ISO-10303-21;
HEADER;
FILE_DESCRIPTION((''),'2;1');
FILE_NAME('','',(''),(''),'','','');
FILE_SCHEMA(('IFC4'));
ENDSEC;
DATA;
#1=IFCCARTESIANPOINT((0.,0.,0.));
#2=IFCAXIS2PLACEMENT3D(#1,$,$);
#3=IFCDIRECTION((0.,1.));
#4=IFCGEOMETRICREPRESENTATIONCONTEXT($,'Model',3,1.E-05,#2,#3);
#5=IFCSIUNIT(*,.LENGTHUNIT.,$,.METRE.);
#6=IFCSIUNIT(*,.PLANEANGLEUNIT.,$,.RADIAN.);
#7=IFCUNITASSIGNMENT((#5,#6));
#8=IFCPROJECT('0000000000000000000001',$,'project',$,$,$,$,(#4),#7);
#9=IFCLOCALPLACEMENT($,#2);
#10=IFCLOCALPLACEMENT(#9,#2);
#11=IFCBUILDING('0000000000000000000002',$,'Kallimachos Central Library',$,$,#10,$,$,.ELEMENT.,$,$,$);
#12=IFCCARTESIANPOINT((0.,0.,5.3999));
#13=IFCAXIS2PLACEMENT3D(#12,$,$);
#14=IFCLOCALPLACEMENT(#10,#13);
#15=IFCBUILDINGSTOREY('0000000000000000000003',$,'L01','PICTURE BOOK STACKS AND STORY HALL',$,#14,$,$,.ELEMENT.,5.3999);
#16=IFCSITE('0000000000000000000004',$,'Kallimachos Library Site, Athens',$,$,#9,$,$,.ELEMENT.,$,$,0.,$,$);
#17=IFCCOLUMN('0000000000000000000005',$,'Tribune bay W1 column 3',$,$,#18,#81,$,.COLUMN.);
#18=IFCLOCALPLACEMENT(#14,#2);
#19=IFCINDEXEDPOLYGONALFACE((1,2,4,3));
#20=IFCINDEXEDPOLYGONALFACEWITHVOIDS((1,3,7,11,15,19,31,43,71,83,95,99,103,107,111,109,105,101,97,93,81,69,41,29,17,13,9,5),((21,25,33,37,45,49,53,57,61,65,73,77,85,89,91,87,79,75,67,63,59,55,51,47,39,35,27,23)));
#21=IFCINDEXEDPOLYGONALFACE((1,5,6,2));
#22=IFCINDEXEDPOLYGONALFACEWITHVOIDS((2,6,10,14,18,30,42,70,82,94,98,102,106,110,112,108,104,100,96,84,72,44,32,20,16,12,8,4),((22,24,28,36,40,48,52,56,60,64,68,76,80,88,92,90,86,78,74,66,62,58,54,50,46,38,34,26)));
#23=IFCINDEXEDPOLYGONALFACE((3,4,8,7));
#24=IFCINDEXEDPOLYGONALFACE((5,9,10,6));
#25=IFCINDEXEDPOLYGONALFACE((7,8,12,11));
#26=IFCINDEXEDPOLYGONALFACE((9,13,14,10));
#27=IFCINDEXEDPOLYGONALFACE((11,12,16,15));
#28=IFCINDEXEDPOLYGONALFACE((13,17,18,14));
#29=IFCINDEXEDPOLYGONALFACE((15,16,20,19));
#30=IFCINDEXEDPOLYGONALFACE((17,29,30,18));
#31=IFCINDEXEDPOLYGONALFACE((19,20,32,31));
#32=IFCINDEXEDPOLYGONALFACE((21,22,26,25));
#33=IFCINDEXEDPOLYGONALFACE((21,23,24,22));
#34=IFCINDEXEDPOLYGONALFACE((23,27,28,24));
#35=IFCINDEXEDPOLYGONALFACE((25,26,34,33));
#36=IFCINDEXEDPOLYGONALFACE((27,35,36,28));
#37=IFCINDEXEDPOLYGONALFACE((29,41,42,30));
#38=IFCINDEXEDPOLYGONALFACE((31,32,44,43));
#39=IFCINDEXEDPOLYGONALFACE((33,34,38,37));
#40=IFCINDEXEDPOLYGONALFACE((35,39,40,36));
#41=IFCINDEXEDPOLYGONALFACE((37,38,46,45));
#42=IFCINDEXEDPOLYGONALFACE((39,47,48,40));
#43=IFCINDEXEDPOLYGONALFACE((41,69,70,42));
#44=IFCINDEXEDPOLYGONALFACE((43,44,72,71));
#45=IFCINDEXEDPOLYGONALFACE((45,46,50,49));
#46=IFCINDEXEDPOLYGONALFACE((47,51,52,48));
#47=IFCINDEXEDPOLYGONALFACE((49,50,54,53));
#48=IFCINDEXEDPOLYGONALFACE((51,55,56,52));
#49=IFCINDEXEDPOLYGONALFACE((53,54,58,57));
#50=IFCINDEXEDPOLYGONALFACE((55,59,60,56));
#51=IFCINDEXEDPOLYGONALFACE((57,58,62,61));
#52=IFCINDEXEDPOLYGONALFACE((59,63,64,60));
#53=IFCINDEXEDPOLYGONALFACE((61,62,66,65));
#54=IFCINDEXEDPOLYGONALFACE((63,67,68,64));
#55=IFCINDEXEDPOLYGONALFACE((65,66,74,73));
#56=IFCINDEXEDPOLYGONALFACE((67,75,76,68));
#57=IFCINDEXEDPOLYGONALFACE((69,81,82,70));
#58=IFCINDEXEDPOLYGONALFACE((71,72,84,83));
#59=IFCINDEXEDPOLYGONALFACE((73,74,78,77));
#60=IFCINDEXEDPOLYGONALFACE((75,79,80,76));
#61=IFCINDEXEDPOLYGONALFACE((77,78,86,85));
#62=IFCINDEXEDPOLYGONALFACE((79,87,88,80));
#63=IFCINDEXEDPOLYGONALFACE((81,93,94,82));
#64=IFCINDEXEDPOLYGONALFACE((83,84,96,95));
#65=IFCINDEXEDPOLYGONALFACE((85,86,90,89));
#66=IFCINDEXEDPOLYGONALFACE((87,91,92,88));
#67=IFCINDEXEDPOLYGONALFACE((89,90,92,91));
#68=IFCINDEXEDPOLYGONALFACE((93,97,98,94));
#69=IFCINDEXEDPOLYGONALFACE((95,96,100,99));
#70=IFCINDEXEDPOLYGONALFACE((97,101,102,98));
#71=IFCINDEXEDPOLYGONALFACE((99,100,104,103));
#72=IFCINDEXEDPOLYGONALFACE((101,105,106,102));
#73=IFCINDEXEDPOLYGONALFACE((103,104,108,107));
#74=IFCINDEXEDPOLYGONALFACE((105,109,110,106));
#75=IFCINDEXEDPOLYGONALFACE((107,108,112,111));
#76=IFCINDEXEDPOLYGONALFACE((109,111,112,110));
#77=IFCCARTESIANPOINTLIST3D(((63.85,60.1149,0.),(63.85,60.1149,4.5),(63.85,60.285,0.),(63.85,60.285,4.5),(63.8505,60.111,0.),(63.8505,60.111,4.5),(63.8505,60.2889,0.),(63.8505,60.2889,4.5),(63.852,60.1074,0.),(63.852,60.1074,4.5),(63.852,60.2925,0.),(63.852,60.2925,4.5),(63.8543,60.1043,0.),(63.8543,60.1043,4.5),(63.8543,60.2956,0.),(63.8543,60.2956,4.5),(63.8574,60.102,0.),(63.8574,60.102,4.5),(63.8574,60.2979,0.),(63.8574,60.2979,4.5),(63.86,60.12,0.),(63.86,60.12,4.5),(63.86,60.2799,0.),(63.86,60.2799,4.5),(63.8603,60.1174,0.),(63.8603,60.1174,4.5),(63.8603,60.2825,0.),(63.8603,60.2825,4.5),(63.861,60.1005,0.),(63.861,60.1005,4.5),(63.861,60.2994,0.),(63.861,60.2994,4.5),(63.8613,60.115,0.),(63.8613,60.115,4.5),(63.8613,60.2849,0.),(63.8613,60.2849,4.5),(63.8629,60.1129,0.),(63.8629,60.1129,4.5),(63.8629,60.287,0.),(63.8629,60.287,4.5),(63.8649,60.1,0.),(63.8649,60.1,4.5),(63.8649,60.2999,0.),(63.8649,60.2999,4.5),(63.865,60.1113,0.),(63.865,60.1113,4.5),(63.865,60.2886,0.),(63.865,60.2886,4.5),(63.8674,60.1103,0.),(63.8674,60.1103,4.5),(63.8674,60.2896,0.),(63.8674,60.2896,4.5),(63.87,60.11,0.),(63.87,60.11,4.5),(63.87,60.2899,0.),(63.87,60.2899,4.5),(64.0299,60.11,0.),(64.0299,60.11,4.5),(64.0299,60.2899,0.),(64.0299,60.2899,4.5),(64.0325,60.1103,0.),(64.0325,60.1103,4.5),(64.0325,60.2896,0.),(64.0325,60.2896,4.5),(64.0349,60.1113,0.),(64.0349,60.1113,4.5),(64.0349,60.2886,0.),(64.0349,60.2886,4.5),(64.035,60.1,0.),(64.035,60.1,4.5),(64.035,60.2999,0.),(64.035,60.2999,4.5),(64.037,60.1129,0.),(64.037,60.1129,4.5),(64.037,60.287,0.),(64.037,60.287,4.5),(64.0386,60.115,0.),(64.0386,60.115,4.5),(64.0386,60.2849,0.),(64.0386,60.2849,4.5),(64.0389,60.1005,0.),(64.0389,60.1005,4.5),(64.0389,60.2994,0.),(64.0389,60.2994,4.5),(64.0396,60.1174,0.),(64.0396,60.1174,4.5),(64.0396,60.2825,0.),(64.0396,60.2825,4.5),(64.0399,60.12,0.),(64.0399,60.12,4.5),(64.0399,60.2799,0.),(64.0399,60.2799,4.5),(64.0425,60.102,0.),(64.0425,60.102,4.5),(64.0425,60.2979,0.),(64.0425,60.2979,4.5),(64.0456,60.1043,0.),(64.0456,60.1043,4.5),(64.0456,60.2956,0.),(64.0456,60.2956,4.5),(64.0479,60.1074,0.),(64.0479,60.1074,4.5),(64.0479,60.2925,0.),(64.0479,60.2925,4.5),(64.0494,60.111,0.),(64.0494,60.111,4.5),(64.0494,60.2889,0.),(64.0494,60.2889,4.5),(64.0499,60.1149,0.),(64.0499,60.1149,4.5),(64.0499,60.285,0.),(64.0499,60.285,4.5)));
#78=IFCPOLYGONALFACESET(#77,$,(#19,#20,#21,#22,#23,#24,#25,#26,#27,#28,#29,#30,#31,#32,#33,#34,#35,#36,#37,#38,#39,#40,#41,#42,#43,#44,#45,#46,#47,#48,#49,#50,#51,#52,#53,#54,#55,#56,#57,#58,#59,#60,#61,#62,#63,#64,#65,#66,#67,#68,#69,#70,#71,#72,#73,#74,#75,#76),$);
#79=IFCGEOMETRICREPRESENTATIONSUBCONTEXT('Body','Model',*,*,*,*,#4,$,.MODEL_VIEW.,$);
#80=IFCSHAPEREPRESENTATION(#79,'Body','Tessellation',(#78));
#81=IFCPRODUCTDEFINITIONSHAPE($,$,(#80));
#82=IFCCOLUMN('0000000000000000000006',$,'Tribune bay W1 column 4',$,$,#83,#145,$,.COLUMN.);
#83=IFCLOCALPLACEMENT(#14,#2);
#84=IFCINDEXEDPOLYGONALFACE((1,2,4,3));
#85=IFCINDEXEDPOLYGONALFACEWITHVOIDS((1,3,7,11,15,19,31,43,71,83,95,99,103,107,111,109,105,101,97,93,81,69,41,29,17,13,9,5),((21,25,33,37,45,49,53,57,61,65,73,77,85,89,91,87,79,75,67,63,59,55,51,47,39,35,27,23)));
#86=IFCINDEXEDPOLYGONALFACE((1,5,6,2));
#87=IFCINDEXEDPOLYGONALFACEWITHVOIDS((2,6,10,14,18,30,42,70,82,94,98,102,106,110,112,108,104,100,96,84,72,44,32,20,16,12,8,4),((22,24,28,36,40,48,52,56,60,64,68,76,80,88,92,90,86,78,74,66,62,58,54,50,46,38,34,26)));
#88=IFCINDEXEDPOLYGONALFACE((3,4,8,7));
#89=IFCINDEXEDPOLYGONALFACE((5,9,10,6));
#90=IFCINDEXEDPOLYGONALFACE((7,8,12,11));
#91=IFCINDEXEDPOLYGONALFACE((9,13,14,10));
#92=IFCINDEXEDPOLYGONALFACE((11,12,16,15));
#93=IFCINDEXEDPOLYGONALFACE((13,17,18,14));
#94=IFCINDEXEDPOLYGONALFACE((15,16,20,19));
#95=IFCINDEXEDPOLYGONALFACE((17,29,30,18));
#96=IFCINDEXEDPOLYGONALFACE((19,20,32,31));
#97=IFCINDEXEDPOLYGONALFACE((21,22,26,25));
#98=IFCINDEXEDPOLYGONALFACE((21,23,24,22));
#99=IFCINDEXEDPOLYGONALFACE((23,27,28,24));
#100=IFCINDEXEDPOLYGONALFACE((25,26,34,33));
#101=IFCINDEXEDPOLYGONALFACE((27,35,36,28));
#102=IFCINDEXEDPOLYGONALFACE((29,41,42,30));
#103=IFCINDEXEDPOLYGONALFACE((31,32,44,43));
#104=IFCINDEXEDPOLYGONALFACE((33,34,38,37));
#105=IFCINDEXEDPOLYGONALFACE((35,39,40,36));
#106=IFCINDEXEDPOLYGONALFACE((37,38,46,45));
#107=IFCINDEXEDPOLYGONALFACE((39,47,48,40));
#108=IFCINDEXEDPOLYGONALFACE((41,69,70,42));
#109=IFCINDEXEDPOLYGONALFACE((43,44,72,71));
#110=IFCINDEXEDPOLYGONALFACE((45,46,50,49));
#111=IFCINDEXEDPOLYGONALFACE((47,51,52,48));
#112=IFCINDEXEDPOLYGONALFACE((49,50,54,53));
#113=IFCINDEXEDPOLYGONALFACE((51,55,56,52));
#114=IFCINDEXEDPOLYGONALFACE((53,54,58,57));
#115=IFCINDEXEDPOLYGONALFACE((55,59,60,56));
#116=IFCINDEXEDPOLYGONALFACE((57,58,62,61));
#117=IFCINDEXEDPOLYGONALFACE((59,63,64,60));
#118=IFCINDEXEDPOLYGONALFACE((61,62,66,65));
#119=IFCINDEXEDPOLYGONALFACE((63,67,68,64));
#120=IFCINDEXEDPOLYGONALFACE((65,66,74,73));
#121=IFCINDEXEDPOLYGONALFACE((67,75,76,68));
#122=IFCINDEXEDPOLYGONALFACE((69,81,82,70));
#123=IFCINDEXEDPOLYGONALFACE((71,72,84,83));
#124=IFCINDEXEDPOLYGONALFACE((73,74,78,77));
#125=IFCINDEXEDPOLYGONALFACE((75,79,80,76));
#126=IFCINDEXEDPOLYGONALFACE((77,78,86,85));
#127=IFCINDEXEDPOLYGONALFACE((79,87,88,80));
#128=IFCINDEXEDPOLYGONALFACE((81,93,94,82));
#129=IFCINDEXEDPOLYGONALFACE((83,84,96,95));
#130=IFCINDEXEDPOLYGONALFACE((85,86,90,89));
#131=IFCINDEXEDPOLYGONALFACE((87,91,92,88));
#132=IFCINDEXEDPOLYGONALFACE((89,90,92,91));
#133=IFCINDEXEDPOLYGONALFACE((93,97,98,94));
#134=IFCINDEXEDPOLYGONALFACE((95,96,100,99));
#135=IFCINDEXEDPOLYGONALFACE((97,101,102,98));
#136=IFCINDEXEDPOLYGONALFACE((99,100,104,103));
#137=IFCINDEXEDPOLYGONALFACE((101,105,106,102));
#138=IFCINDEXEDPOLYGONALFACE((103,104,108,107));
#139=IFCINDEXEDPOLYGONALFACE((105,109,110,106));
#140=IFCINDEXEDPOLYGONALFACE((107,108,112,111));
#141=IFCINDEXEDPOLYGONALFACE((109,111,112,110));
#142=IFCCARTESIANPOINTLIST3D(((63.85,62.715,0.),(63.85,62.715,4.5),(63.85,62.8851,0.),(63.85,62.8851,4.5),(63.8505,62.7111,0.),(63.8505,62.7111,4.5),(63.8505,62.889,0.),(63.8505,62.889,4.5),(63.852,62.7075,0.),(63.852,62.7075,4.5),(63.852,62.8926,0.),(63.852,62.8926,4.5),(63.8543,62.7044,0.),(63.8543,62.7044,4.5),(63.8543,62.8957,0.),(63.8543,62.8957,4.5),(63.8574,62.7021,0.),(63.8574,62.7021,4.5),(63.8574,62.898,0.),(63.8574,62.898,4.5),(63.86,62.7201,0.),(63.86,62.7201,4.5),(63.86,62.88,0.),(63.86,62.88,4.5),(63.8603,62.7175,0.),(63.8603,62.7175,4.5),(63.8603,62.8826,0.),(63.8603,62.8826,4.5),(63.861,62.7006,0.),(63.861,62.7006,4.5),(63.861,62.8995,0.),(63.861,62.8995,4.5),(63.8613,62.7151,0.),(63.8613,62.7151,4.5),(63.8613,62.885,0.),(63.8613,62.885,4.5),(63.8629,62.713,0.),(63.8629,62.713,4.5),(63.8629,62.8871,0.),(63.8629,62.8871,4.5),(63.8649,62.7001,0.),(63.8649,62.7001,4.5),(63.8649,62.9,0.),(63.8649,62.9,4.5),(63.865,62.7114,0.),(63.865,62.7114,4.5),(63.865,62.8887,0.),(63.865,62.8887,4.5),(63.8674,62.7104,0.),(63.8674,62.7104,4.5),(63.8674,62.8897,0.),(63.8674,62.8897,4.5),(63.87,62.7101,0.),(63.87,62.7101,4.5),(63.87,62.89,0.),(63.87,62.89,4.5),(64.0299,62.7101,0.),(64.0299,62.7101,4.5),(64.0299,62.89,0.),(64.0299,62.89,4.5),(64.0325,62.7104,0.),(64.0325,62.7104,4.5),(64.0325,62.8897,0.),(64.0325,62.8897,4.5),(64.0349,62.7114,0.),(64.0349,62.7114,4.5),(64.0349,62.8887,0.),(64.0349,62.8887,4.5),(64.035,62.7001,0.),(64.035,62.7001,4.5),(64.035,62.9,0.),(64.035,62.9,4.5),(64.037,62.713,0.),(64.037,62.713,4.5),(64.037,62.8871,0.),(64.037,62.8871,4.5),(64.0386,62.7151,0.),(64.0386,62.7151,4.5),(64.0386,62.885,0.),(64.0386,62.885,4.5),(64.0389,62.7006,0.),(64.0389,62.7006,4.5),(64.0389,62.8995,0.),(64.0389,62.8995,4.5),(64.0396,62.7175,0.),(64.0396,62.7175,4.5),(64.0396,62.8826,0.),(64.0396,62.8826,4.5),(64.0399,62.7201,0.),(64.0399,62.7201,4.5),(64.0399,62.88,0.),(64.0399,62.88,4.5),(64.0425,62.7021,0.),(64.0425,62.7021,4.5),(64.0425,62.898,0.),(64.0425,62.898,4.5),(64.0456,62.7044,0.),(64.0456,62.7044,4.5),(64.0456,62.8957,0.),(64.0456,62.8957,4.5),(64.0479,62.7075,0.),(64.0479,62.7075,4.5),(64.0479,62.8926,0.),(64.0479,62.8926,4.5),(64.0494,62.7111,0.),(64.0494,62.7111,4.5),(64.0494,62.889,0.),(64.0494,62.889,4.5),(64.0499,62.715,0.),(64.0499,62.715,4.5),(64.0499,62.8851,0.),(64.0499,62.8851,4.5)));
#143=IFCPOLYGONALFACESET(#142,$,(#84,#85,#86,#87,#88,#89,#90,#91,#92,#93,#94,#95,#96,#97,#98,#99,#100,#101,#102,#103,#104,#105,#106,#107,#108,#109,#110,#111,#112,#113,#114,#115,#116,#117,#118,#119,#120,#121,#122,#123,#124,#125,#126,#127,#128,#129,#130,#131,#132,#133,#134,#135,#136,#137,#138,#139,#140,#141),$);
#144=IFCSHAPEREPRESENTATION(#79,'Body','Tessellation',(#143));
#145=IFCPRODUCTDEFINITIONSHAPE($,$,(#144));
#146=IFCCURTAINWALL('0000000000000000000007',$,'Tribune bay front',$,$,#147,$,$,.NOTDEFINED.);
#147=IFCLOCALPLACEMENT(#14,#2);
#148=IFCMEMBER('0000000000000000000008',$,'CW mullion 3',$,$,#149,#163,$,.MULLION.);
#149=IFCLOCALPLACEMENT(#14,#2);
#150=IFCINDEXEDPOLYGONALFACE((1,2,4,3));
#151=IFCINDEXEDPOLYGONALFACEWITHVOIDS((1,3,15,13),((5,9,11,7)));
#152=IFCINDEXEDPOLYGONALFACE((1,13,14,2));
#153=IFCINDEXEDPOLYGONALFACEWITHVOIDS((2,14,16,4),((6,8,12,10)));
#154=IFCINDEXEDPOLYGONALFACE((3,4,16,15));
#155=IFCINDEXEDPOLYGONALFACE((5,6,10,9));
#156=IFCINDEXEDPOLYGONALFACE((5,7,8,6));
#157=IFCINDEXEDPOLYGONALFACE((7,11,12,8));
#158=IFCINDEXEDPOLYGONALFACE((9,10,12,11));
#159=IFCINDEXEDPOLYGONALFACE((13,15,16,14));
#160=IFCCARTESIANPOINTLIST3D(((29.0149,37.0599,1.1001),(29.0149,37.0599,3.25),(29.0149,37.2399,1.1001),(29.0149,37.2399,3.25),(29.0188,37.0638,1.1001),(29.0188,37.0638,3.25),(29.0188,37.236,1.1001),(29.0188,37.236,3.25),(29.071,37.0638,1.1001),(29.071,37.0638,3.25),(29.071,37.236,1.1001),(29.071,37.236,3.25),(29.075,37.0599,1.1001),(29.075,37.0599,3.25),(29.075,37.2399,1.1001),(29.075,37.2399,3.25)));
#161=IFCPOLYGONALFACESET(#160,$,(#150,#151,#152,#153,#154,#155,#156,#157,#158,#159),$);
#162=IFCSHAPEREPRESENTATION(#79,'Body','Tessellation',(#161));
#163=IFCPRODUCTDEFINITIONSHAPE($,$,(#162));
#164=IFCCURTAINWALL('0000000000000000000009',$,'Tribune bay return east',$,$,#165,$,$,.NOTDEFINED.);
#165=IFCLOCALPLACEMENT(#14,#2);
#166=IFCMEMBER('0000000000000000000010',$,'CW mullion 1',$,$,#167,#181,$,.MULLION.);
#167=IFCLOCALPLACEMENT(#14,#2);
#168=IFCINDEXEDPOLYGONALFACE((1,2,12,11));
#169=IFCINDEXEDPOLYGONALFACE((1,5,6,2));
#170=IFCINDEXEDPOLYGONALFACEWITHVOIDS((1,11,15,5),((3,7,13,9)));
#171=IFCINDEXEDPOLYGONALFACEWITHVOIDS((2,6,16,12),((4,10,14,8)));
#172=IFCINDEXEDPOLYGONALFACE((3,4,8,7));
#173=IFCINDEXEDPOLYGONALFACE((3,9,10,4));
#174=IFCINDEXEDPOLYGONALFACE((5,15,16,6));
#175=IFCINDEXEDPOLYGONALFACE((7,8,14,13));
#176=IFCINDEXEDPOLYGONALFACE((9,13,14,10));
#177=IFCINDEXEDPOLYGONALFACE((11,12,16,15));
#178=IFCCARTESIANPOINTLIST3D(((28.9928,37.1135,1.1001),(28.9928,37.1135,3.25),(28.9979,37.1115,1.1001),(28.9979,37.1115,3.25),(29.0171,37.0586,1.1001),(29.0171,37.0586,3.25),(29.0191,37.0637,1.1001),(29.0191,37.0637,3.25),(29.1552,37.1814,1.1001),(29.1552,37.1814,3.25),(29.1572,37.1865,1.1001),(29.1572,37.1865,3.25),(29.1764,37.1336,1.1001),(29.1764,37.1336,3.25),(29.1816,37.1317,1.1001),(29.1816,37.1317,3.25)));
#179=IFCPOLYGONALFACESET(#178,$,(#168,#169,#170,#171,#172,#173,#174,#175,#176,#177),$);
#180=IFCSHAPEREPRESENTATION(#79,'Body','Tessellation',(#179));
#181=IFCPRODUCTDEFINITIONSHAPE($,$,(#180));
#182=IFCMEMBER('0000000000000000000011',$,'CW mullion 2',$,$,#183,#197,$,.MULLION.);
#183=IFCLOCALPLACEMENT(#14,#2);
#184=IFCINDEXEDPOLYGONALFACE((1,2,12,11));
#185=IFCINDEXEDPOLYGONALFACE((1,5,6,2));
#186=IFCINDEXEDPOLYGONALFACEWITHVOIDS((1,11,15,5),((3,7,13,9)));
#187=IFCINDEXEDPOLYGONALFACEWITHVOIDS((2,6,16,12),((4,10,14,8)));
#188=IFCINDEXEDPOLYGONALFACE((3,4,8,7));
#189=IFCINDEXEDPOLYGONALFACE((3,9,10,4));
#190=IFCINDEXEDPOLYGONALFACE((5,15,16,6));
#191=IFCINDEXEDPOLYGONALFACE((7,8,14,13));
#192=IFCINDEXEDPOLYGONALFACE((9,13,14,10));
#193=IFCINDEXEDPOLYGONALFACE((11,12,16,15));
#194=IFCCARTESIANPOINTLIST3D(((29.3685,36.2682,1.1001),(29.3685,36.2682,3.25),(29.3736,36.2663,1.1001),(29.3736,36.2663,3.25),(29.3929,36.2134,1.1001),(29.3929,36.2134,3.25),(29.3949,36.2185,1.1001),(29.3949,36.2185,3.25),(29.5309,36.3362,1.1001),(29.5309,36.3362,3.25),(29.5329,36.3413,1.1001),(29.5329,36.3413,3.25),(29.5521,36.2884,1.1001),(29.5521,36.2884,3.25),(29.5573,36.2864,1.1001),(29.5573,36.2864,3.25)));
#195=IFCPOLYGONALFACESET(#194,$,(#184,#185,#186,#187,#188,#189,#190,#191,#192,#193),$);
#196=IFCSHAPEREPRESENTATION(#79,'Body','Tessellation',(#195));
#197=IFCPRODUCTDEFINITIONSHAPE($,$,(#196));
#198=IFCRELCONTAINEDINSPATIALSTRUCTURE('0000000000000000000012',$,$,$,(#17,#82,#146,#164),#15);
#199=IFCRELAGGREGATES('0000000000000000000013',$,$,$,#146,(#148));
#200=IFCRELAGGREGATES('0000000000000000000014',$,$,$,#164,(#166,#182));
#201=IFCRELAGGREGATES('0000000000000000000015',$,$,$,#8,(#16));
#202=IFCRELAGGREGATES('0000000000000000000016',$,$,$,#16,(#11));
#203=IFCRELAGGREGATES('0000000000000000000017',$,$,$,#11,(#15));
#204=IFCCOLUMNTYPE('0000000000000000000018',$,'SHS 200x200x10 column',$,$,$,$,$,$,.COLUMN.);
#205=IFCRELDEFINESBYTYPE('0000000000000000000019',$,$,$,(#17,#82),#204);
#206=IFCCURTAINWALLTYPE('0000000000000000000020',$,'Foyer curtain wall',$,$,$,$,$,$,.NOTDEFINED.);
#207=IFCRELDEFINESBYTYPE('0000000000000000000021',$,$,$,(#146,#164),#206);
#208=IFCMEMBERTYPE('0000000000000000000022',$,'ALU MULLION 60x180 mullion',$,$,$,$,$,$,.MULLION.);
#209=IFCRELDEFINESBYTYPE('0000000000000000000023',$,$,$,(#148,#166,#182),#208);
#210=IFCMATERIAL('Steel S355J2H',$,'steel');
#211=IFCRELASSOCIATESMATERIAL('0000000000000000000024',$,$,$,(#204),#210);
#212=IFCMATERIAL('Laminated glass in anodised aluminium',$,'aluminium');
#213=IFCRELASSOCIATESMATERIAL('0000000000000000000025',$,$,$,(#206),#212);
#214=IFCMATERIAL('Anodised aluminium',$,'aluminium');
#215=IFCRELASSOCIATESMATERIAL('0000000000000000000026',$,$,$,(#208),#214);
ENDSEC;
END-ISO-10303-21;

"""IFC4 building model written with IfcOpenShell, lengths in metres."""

from ifc_helpers import new_model, si_unit, direction, frame, origin, origin_2d, place, context, subcontext, project, spatial, hollow_rectangle, extrude, material, material_profile, profile_set, type_object, element, aggregate, save


model = new_model("IFC4")

# Units and contexts
model_context = context("Model", 3, precision=1e-05, world=origin(), true_north=direction((0.0, 1.0)))
body_context = subcontext(model_context, "Body", "Model", "MODEL_VIEW")
ifc_project = project(units=[si_unit("LENGTHUNIT", "METRE"), si_unit("PLANEANGLEUNIT", "RADIAN")], contexts=[model_context])

# Site, building, storey
site_placement = place(None, origin())
site = spatial("IfcSite", under=ifc_project, at=site_placement, Name="Kallimachos Library Site, Athens", CompositionType="ELEMENT", RefElevation=0.0)
building_placement = place(site_placement, origin())
building = spatial("IfcBuilding", under=site, at=building_placement, Name="Kallimachos Central Library", CompositionType="ELEMENT")
storey_placement = place(building_placement, frame((0.0, 0.0, 5.3999)))
storey = spatial("IfcBuildingStorey", under=building, at=storey_placement, Name="L01", Description="PICTURE BOOK STACKS AND STORY HALL", CompositionType="ELEMENT", Elevation=5.3999)

# Columns
ifc_material_1 = material(Name="Steel S355J2H", Category="steel")
ifc_material_profile_1 = material_profile(ifc_material_1, hollow_rectangle(XDim=0.2, YDim=0.2, WallThickness=0.01, InnerFilletRadius=0.01, OuterFilletRadius=0.0149, at=origin_2d()), Name="SHS 200x200x10")
ifc_profile_set_1 = profile_set([ifc_material_profile_1], Name="Steel S355J2H")
column_type = type_object("IfcColumnType", Name="SHS 200x200x10 column", PredefinedType="COLUMN", material=ifc_profile_set_1)
for number, where, z_axis, x_axis, name in (
    (1, (63.95, 60.2, 0.0), (0.0, 0.0, 1.0), (1.0, 0.0, 0.0), "Tribune bay W1 column 3"),
    (2, (63.95, 62.8, 0.0), (0.0, 0.0, 1.0), (1.0, 0.0, 0.0), "Tribune bay W1 column 4"),
):
    element("IfcColumn", number, at=place(storey_placement, frame(where, z_axis=z_axis, x_axis=x_axis)), inside=storey, type_object=column_type, Name=name, PredefinedType="COLUMN", context=body_context, shape_type="SweptSolid", body=[
        extrude(hollow_rectangle(XDim=0.2, YDim=0.2, WallThickness=0.01, InnerFilletRadius=0.01, OuterFilletRadius=0.0149, at=origin_2d()), origin(), (0.0, 0.0, 1.0), 4.5),
    ])

# Curtain wall, member
ifc_material_2 = material(Name="Laminated glass in anodised aluminium", Category="aluminium")
curtain_wall_type = type_object("IfcCurtainWallType", Name="Foyer curtain wall", PredefinedType="NOTDEFINED", material=ifc_material_2)
curtain_wall_1_placement = place(storey_placement, origin())
curtain_wall_1 = element("IfcCurtainWall", 3, at=curtain_wall_1_placement, inside=storey, type_object=curtain_wall_type, Name="Tribune bay front", PredefinedType="NOTDEFINED")
ifc_material_3 = material(Name="Anodised aluminium", Category="aluminium")
ifc_material_profile_2 = material_profile(ifc_material_3, hollow_rectangle(XDim=0.0601, YDim=0.1799, WallThickness=0.0039, at=origin_2d()), Name="ALU MULLION 60x180")
ifc_profile_set_2 = profile_set([ifc_material_profile_2], Name="Anodised aluminium")
member_type_1 = type_object("IfcMemberType", Name="ALU MULLION 60x180 mullion", PredefinedType="MULLION", material=ifc_profile_set_2)
member_1_placement = place(storey_placement, frame((29.0449, 37.1499, 1.1001), z_axis=(0.0, 0.0, 1.0), x_axis=(1.0, 0.0, 0.0)))
member_1 = element("IfcMember", 4, at=member_1_placement, type_object=member_type_1, Name="CW mullion 3", PredefinedType="MULLION", context=body_context, shape_type="SweptSolid", body=[
    extrude(hollow_rectangle(XDim=0.0601, YDim=0.1799, WallThickness=0.0039, at=origin_2d()), origin(), (0.0, 0.0, 1.0), 2.1499),
])

# Curtain wall, members
curtain_wall_2_placement = place(storey_placement, origin())
curtain_wall_2 = element("IfcCurtainWall", 5, at=curtain_wall_2_placement, inside=storey, type_object=curtain_wall_type, Name="Tribune bay return east", PredefinedType="NOTDEFINED")
member_2_placement = place(storey_placement, frame((29.0872, 37.1226, 1.1001), z_axis=(0.0, 0.0, 1.0), x_axis=(0.406138, -0.913812, 0.0)))
member_2 = element("IfcMember", 6, at=member_2_placement, type_object=member_type_1, Name="CW mullion 1", PredefinedType="MULLION", context=body_context, shape_type="SweptSolid", body=[
    extrude(hollow_rectangle(XDim=0.0601, YDim=0.1799, WallThickness=0.0039, at=origin_2d()), origin(), (0.0, 0.0, 1.0), 2.1499),
])
member_3_placement = place(storey_placement, frame((29.4629, 36.2773, 1.1001), z_axis=(0.0, 0.0, 1.0), x_axis=(0.406138, -0.913812, 0.0)))
member_3 = element("IfcMember", 7, at=member_3_placement, type_object=member_type_1, Name="CW mullion 2", PredefinedType="MULLION", context=body_context, shape_type="SweptSolid", body=[
    extrude(hollow_rectangle(XDim=0.0601, YDim=0.1799, WallThickness=0.0039, at=origin_2d()), origin(), (0.0, 0.0, 1.0), 2.1499),
])

aggregate(curtain_wall_1, [member_1])
aggregate(curtain_wall_2, [member_2, member_3])

save(model, "model.ifc")
